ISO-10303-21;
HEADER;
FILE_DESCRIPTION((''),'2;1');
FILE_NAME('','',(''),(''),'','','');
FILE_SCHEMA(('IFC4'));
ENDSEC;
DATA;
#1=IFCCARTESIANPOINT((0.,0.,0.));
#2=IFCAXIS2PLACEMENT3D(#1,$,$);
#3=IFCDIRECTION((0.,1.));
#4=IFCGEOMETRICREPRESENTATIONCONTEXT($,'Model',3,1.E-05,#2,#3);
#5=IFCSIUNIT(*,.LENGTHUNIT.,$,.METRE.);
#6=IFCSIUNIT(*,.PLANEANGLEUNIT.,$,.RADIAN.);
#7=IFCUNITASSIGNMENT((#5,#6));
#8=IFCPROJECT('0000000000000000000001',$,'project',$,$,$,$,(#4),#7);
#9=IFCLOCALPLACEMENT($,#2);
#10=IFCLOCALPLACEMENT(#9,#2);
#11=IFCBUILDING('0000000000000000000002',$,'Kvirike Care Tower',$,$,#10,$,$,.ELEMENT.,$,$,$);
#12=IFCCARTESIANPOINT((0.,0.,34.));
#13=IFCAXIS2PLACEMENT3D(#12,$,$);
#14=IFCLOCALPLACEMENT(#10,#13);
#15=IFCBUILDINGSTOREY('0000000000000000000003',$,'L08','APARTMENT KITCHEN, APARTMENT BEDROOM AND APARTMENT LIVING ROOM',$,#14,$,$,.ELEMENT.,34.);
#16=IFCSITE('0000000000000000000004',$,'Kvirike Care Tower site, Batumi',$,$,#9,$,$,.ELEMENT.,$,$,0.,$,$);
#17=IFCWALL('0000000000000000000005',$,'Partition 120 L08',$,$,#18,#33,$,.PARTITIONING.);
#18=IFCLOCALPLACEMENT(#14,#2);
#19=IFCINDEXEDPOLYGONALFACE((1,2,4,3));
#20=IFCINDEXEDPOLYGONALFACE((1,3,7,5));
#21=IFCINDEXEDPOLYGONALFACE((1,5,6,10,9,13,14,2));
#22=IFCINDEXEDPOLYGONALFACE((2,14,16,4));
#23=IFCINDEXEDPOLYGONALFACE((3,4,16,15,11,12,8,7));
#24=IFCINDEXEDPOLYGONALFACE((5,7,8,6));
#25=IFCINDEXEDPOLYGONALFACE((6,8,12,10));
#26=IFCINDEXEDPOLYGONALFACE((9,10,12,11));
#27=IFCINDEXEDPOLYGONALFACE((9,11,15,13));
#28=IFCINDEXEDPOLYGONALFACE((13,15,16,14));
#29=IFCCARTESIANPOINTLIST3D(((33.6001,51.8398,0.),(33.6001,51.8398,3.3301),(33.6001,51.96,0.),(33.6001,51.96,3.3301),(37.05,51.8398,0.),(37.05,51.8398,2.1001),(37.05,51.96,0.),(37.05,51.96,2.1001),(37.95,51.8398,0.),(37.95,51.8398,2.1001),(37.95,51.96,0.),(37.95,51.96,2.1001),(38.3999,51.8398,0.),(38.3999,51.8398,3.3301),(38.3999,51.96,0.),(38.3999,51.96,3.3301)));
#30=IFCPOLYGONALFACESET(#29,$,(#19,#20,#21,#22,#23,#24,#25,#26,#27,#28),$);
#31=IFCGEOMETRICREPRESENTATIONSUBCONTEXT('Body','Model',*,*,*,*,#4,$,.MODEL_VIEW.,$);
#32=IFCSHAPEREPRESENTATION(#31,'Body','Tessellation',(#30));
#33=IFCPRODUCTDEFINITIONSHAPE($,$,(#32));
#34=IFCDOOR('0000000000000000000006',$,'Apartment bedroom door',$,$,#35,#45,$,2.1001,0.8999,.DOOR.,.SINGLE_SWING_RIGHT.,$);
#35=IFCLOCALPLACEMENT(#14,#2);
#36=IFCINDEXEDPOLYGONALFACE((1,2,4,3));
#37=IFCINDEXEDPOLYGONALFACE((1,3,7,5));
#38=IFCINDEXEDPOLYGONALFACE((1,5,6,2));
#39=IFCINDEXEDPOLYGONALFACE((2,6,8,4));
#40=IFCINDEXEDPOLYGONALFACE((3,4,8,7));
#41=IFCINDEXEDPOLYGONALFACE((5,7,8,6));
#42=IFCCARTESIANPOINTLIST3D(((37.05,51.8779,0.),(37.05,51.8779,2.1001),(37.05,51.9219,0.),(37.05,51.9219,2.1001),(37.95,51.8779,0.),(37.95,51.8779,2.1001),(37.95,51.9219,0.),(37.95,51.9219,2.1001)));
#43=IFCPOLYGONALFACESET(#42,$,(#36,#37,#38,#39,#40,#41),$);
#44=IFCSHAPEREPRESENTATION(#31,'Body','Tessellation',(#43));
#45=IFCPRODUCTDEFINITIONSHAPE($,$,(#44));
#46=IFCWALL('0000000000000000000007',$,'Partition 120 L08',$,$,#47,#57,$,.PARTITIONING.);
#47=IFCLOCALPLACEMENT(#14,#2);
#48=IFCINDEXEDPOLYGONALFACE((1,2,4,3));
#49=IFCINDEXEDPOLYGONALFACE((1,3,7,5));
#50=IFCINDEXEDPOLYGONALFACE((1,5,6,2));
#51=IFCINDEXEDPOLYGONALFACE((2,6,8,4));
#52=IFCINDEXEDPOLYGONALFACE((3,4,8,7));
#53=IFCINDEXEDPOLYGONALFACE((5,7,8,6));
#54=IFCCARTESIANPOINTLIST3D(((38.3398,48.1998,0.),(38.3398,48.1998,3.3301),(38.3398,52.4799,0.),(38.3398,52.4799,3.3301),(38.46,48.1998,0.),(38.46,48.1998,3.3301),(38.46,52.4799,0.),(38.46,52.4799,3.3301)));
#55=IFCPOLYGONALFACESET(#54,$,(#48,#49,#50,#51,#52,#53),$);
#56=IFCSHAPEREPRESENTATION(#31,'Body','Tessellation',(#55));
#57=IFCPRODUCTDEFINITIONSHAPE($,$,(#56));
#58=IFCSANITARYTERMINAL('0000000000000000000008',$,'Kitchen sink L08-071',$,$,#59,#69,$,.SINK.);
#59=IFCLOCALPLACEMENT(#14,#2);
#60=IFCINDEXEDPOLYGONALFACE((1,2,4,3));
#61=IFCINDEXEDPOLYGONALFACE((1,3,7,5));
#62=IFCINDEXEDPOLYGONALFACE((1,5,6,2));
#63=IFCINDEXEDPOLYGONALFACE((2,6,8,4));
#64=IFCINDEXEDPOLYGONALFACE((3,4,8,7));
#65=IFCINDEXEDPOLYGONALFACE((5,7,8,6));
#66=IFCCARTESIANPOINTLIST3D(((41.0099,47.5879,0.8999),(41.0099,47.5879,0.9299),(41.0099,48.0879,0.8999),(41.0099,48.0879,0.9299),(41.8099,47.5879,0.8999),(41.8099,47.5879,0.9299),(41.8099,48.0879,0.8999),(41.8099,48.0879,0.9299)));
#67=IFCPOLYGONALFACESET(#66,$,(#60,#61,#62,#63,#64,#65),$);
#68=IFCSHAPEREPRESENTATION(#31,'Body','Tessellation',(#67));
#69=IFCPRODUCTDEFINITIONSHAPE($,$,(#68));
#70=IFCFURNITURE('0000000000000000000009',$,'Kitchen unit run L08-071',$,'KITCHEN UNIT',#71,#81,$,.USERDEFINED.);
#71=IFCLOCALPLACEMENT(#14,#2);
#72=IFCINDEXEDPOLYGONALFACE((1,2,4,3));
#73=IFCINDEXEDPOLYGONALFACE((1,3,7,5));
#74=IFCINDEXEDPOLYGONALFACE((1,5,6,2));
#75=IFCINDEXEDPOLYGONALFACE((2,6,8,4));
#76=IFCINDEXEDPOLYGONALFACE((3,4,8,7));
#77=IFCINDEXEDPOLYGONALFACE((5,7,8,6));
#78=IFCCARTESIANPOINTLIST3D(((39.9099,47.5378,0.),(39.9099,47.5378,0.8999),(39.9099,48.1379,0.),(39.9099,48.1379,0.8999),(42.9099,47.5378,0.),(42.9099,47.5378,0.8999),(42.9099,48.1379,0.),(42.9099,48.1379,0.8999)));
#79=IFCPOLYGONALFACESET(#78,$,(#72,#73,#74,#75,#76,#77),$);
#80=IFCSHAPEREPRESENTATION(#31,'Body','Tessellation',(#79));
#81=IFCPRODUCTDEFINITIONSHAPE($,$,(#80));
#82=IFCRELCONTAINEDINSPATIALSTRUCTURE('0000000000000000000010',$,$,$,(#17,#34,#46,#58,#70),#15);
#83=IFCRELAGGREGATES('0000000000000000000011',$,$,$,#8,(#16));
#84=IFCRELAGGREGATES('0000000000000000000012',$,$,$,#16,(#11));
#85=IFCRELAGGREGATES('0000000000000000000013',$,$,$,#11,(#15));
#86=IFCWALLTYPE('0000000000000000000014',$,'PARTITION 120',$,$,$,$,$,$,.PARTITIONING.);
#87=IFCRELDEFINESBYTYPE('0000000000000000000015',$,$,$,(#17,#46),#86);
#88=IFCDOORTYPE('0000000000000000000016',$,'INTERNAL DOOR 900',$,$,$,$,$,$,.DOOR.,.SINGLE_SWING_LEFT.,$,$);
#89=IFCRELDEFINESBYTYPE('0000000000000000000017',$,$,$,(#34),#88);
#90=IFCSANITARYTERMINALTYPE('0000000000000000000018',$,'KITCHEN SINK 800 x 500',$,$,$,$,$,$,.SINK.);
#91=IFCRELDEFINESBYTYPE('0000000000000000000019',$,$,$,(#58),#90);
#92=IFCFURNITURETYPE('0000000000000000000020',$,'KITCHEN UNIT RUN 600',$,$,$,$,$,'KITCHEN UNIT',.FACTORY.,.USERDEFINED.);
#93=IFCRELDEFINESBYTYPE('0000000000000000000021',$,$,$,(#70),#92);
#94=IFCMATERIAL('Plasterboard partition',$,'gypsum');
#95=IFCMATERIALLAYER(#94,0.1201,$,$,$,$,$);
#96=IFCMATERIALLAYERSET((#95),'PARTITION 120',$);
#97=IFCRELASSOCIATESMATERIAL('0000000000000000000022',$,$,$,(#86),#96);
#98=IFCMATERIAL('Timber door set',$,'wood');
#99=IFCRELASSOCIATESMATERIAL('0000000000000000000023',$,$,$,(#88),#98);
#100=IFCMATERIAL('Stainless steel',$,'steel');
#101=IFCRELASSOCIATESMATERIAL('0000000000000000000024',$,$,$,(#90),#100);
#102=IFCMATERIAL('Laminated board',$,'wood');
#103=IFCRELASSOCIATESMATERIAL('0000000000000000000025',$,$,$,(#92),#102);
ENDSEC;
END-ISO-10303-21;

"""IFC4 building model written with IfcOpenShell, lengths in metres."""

from ifc_helpers import new_model, si_unit, direction, frame, frame_2d, origin, origin_2d, place, context, subcontext, project, spatial, rectangle, extrude, material, layer, layer_set, type_object, element, fill, save


model = new_model("IFC4")

# Units and contexts
model_context = context("Model", 3, precision=1e-05, world=origin(), true_north=direction((0.0, 1.0)))
body_context = subcontext(model_context, "Body", "Model", "MODEL_VIEW")
ifc_project = project(units=[si_unit("LENGTHUNIT", "METRE"), si_unit("PLANEANGLEUNIT", "RADIAN")], contexts=[model_context])

# Site, building, storey
site_placement = place(None, origin())
site = spatial("IfcSite", under=ifc_project, at=site_placement, Name="Kvirike Care Tower site, Batumi", CompositionType="ELEMENT", RefElevation=0.0)
building_placement = place(site_placement, origin())
building = spatial("IfcBuilding", under=site, at=building_placement, Name="Kvirike Care Tower", CompositionType="ELEMENT")
storey_placement = place(building_placement, frame((0.0, 0.0, 34.0)))
storey = spatial("IfcBuildingStorey", under=building, at=storey_placement, Name="L08", Description="APARTMENT KITCHEN, APARTMENT BEDROOM AND APARTMENT LIVING ROOM", CompositionType="ELEMENT", Elevation=34.0)

# Wall, opening, door
ifc_material_1 = material(Name="Plasterboard partition", Category="gypsum")
ifc_layer_1 = layer(ifc_material_1, 0.1201)
ifc_layer_set_1 = layer_set([ifc_layer_1], Name="PARTITION 120")
wall_type_1 = type_object("IfcWallType", Name="PARTITION 120", PredefinedType="PARTITIONING", material=ifc_layer_set_1)
ifc_material_2 = material(Name="Timber door set", Category="wood")
door_type_1 = type_object("IfcDoorType", Name="INTERNAL DOOR 900", OperationType="SINGLE_SWING_LEFT", PredefinedType="DOOR", material=ifc_material_2)
wall_1_placement = place(storey_placement, frame((38.3999, 51.8999, 0.0), z_axis=(0.0, 0.0, 1.0), x_axis=(-1.0, 0.0, 0.0)))
wall_1 = element("IfcWall", 1, at=wall_1_placement, inside=storey, type_object=wall_type_1, Name="Partition 120 L08", PredefinedType="PARTITIONING", context=body_context, shape_type="SweptSolid", body=[
    extrude(rectangle(XDim=4.7998, YDim=0.1201, at=frame_2d((2.3999, 0.0))), origin(), (0.0, 0.0, 1.0), 3.3301),
])
opening_1_placement = place(wall_1_placement, frame((0.45, 0.0, 0.0)))
opening_1 = element("IfcOpeningElement", 2, at=opening_1_placement, cuts=wall_1, PredefinedType="OPENING", context=body_context, shape_type="SweptSolid", body=[
    extrude(rectangle(XDim=0.8999, YDim=2.1001, at=frame_2d((0.45, 1.05))), frame((0.0, 0.0706, 0.0), z_axis=(0.0, -1.0, 0.0), x_axis=(1.0, 0.0, 0.0)), (0.0, 0.0, 1.0), 0.1411),
])
door_1_placement = place(opening_1_placement, origin())
door_1 = element("IfcDoor", 3, at=door_1_placement, inside=storey, type_object=door_type_1, Name="Apartment bedroom door", OperationType="SINGLE_SWING_RIGHT", OverallHeight=2.1001, OverallWidth=0.8999, PredefinedType="DOOR", context=body_context, shape_type="SweptSolid", body=[
    extrude(rectangle(XDim=0.8999, YDim=2.1001, at=frame_2d((0.45, 1.05))), frame((0.0, 0.022, 0.0), z_axis=(0.0, -1.0, 0.0), x_axis=(1.0, 0.0, 0.0)), (0.0, 0.0, 1.0), 0.0439),
])
fill(opening_1, door_1)

# Wall
wall_2_placement = place(storey_placement, frame((38.3999, 52.48, 0.0), z_axis=(0.0, 0.0, 1.0), x_axis=(0.0, -1.0, 0.0)))
element("IfcWall", 4, at=wall_2_placement, inside=storey, type_object=wall_type_1, Name="Partition 120 L08", PredefinedType="PARTITIONING", context=body_context, shape_type="SweptSolid", body=[
    extrude(rectangle(XDim=4.28, YDim=0.1201, at=frame_2d((2.1401, 0.0))), origin(), (0.0, 0.0, 1.0), 3.3301),
])

# Sanitary terminal
ifc_material_3 = material(Name="Stainless steel", Category="steel")
sanitary_terminal_type = type_object("IfcSanitaryTerminalType", Name="KITCHEN SINK 800 x 500", PredefinedType="SINK", material=ifc_material_3)
sanitary_terminal_placement = place(storey_placement, frame((41.4099, 47.8379, 0.8999), z_axis=(0.0, 0.0, 1.0), x_axis=(1.0, 0.0, 0.0)))
element("IfcSanitaryTerminal", 5, at=sanitary_terminal_placement, inside=storey, type_object=sanitary_terminal_type, Name="Kitchen sink L08-071", PredefinedType="SINK", context=body_context, shape_type="SweptSolid", body=[
    extrude(rectangle(XDim=0.8, YDim=0.5, at=origin_2d()), origin(), (0.0, 0.0, 1.0), 0.03),
])

# Furniture
ifc_material_4 = material(Name="Laminated board", Category="wood")
furniture_type = type_object("IfcFurnitureType", Name="KITCHEN UNIT RUN 600", ElementType="KITCHEN UNIT", AssemblyPlace="FACTORY", PredefinedType="USERDEFINED", material=ifc_material_4)
furniture_placement = place(storey_placement, frame((41.4099, 47.8379, 0.0), z_axis=(0.0, 0.0, 1.0), x_axis=(1.0, 0.0, 0.0)))
element("IfcFurniture", 6, at=furniture_placement, inside=storey, type_object=furniture_type, Name="Kitchen unit run L08-071", ObjectType="KITCHEN UNIT", PredefinedType="USERDEFINED", context=body_context, shape_type="SweptSolid", body=[
    extrude(rectangle(XDim=3.0, YDim=0.6001, at=origin_2d()), origin(), (0.0, 0.0, 1.0), 0.8999),
])

save(model, "model.ifc")
